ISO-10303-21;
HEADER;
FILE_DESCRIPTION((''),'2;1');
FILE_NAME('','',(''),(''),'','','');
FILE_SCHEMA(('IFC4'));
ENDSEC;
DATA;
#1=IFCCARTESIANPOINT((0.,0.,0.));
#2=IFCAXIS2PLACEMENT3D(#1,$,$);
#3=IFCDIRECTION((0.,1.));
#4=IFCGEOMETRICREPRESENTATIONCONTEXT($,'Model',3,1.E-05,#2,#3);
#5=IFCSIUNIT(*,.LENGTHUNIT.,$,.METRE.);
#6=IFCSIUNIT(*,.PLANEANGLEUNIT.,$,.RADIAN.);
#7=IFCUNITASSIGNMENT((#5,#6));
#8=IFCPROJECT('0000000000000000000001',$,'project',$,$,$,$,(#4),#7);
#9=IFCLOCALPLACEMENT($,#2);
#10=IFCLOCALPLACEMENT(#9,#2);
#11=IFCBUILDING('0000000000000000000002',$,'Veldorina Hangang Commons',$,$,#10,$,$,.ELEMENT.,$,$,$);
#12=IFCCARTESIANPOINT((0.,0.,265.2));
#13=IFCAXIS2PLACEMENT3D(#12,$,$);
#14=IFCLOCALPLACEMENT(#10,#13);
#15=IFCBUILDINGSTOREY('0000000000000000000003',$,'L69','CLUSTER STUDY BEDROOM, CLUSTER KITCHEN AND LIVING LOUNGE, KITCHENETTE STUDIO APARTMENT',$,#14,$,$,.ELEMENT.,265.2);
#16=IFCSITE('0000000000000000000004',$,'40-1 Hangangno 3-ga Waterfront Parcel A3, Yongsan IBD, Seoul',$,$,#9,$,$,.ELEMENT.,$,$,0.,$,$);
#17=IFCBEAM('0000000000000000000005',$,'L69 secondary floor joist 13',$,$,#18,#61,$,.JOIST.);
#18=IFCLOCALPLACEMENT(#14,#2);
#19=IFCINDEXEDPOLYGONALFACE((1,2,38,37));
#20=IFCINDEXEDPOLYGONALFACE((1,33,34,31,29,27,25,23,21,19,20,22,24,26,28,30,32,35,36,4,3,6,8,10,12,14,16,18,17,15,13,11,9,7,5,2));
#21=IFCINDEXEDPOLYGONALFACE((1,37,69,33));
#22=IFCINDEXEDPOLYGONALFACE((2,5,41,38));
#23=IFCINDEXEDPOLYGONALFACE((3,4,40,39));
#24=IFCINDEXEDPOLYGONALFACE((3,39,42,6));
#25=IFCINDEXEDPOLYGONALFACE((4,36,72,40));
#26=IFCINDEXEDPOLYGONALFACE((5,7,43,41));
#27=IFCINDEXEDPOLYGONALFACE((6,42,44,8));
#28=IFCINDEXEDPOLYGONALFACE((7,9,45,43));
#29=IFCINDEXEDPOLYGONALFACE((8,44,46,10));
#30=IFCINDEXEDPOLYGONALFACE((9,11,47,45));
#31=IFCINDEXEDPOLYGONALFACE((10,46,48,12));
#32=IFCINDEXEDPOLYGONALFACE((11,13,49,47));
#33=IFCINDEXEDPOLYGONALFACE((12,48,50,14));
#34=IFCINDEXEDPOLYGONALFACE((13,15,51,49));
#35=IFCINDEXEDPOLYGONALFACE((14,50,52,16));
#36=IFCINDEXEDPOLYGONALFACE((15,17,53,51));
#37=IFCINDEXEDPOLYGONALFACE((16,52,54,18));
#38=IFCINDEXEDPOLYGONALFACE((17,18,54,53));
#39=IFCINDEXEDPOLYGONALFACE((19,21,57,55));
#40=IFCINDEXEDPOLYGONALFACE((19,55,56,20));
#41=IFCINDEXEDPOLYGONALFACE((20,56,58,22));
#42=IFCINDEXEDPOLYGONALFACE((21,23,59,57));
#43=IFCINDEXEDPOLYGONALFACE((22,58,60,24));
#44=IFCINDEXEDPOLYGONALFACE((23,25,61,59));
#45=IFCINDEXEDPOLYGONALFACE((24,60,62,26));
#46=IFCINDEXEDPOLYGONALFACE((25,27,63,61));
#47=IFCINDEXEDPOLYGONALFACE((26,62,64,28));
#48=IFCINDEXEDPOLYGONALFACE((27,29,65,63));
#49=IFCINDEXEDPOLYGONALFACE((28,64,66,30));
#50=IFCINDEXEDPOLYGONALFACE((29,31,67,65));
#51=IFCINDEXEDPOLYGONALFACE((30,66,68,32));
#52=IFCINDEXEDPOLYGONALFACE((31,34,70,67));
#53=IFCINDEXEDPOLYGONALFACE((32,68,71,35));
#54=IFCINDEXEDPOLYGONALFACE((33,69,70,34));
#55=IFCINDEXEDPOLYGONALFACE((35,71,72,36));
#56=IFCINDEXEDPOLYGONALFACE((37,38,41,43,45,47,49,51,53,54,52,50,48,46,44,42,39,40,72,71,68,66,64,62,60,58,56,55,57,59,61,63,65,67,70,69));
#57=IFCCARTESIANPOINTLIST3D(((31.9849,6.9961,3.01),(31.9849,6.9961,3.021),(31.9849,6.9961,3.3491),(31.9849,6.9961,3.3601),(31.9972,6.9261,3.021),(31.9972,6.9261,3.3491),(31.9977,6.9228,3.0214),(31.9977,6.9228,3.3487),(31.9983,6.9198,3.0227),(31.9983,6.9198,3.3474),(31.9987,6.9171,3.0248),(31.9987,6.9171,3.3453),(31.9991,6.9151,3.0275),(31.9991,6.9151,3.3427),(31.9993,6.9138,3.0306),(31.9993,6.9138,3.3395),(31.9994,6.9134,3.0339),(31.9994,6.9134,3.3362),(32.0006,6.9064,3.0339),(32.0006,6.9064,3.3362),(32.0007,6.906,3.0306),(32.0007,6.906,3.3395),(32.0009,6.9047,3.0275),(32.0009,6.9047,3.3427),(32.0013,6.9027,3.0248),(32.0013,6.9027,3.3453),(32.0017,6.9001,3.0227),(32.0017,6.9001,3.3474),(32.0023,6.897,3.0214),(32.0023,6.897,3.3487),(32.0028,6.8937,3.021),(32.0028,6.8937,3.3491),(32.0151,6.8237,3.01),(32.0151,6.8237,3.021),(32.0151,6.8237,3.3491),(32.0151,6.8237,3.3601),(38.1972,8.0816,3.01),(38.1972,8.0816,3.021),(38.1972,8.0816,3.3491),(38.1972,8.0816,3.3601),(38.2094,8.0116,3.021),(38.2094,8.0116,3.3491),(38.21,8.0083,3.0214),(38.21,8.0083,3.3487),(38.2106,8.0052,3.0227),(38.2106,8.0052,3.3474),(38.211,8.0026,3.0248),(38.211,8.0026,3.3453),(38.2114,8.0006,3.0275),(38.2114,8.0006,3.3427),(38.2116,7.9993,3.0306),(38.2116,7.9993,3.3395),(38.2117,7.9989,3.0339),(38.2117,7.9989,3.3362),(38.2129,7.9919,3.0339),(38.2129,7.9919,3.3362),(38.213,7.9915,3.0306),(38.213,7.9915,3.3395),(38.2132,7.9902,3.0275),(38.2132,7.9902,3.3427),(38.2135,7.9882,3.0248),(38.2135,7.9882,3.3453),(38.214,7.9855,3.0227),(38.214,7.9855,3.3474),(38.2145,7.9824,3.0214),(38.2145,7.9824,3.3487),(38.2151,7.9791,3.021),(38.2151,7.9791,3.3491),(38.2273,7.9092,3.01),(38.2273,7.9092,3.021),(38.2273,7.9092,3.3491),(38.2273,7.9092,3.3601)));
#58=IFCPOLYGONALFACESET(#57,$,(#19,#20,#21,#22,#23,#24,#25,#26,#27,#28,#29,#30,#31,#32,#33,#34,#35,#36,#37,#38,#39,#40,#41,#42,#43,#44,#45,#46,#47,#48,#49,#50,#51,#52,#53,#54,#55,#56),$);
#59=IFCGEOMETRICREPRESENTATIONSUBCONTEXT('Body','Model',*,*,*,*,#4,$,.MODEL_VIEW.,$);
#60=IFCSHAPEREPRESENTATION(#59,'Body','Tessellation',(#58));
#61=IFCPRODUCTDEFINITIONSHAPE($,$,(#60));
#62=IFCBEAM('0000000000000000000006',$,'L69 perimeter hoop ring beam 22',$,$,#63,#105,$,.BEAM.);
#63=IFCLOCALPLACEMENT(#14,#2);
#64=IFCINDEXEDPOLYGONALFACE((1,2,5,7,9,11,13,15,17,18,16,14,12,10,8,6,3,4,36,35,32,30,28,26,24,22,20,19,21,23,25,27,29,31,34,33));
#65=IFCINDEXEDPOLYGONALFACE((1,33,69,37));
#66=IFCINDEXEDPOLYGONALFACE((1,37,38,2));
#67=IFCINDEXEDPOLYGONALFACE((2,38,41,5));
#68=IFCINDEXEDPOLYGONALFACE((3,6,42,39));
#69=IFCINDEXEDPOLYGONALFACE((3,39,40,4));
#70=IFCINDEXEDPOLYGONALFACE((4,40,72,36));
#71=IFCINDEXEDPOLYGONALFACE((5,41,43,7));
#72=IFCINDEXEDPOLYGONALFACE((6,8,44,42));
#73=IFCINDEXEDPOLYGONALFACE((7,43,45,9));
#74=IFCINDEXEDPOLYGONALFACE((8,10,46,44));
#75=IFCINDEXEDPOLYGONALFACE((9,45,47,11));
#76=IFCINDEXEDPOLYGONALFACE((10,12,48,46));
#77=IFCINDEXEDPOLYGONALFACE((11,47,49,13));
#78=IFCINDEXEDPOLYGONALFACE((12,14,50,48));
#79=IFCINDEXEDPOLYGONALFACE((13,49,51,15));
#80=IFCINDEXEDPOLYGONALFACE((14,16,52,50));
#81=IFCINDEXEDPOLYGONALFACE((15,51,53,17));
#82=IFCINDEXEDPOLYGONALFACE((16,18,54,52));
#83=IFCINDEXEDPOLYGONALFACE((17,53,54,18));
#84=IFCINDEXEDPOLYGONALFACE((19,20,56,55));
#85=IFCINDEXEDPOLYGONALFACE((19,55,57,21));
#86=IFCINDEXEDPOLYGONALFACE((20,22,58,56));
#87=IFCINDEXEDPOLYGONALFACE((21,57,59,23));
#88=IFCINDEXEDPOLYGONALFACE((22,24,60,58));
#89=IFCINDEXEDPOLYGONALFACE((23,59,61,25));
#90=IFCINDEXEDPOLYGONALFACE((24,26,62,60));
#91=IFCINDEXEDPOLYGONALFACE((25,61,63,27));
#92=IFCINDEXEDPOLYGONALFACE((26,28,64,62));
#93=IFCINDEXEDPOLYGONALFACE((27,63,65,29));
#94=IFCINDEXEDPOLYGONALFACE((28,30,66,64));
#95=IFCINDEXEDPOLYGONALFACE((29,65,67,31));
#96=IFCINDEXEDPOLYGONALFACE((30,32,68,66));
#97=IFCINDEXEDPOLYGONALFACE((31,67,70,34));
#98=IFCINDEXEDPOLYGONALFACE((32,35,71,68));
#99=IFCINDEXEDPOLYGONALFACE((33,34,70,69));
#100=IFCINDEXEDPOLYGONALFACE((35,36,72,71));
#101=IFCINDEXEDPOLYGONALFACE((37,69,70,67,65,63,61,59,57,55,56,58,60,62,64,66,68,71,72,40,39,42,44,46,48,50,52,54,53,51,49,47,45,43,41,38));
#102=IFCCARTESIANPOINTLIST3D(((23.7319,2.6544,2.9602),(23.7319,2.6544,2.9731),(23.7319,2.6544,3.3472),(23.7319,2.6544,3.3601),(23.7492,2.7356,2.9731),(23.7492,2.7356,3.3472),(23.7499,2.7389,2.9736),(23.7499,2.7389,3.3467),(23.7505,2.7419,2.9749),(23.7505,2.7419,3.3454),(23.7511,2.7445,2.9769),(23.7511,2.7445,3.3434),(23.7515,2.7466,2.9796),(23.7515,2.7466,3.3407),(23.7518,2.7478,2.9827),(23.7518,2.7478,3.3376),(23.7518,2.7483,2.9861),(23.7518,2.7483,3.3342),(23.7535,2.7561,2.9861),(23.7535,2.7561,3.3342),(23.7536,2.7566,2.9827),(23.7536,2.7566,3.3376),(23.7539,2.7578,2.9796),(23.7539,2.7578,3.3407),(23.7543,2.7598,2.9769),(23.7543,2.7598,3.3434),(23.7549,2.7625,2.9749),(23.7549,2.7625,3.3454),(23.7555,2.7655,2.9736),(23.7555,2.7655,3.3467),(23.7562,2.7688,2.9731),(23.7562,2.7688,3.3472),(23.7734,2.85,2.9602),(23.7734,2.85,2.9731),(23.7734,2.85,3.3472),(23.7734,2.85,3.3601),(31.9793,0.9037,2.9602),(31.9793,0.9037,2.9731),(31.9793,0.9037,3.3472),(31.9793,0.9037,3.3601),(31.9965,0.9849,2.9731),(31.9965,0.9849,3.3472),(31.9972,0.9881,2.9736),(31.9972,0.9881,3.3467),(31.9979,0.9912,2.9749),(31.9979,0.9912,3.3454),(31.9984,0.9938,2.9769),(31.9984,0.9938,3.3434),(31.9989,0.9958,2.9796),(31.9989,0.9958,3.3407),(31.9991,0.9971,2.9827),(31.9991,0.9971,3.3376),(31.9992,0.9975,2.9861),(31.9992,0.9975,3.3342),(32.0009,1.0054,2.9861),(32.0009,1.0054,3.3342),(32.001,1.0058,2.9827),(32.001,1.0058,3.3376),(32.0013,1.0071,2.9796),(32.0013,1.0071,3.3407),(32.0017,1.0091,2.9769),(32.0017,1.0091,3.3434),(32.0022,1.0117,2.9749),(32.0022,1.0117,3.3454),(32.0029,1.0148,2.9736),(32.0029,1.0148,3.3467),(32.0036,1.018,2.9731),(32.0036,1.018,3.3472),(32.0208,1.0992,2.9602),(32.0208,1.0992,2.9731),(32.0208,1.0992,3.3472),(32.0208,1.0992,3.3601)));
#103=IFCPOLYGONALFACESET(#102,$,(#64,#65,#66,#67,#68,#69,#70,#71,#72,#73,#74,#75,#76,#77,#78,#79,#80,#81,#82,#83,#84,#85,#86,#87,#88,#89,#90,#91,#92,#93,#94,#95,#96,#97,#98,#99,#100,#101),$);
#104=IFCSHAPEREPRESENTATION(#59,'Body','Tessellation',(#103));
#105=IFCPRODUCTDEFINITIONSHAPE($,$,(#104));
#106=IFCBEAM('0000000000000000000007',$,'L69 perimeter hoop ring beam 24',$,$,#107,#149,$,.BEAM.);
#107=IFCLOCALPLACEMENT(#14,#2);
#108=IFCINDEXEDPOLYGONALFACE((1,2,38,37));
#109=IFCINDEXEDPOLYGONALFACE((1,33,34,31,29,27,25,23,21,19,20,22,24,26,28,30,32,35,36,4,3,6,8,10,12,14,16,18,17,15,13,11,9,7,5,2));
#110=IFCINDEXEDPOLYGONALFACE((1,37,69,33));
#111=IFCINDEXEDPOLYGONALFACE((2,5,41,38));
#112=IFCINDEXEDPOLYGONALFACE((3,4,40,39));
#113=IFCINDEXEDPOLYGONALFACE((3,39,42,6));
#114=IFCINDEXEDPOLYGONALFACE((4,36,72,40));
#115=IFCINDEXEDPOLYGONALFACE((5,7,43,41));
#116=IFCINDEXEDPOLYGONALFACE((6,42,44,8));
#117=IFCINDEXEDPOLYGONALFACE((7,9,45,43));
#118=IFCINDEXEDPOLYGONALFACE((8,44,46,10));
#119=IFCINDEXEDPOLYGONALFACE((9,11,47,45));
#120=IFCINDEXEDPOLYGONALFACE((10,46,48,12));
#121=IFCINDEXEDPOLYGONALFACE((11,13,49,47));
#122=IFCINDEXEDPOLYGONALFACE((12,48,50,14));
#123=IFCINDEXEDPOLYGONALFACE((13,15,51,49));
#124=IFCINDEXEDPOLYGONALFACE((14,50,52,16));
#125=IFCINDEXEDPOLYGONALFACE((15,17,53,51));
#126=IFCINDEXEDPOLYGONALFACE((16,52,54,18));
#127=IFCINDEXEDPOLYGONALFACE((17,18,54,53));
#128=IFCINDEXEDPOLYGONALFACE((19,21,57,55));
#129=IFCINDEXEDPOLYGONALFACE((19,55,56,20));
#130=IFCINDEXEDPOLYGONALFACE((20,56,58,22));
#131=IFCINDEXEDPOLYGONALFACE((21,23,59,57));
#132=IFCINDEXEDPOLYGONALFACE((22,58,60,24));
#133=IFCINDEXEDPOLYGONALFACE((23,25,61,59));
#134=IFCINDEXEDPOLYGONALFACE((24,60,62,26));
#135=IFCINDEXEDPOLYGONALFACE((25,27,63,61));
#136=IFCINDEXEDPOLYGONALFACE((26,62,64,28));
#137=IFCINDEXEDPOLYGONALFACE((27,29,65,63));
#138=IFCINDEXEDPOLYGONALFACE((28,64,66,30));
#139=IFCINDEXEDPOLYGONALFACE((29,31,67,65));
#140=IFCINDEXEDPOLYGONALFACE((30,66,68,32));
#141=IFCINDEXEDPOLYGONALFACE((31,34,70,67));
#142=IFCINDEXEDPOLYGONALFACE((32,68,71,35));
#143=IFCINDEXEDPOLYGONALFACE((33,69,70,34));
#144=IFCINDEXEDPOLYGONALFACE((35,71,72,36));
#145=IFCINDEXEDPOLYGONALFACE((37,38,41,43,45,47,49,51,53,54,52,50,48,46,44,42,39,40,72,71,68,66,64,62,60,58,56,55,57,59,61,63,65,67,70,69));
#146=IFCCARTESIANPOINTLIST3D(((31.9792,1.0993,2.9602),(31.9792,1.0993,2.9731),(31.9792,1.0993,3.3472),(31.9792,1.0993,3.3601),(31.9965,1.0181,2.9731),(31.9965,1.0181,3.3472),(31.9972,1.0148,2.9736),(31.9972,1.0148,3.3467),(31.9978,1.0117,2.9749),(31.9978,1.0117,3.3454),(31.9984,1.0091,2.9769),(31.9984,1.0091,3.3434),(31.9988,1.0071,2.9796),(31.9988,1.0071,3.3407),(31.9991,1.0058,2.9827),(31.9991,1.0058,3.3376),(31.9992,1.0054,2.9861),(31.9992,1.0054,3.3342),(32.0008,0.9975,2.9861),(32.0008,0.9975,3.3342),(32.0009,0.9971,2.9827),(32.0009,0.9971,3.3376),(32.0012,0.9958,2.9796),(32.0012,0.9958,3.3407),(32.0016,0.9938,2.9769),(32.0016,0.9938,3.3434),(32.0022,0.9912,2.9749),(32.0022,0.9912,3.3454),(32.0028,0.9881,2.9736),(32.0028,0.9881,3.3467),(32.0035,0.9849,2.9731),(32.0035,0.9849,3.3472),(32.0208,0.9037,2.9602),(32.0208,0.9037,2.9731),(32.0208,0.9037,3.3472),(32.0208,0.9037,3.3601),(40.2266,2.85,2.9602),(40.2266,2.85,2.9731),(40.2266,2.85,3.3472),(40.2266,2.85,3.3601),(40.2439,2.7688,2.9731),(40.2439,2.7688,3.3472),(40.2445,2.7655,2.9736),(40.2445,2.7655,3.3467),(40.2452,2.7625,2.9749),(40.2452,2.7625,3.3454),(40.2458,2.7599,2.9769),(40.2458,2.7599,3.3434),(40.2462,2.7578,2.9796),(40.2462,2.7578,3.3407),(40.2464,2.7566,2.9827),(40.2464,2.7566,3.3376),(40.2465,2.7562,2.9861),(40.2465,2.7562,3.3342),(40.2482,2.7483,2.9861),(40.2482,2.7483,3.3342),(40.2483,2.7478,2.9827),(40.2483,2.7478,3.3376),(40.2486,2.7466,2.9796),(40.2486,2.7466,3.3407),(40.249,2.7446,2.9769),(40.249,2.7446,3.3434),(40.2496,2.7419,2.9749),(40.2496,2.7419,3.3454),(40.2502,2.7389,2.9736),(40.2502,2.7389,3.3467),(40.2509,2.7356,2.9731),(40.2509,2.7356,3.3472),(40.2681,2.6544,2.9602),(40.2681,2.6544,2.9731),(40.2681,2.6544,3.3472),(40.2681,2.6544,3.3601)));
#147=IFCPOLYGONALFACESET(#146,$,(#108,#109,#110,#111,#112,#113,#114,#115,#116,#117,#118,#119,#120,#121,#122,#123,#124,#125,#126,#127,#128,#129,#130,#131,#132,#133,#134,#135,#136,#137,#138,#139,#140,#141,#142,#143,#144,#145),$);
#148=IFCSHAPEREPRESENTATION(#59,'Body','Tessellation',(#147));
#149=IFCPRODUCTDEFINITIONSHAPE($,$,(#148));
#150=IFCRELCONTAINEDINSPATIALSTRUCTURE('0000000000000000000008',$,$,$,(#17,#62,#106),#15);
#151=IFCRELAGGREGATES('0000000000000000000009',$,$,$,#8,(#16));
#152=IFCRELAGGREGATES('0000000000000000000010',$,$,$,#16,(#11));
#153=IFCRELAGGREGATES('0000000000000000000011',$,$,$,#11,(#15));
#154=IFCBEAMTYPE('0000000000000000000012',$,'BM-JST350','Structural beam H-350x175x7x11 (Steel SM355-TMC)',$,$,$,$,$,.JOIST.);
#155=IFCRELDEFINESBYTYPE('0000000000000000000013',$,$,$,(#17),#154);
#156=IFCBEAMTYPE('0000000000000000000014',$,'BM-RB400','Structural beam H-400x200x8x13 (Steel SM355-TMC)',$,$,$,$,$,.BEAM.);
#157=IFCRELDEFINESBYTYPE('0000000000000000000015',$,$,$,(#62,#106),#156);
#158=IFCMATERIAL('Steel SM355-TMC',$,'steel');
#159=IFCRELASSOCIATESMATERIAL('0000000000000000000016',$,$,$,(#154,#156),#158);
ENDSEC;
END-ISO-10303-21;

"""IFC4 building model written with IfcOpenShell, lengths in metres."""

from ifc_helpers import new_model, si_unit, direction, frame, origin, origin_2d, place, context, subcontext, project, spatial, i_section, extrude, material, material_profile, profile_set, type_object, element, save


model = new_model("IFC4")

# Units and contexts
model_context = context("Model", 3, precision=1e-05, world=origin(), true_north=direction((0.0, 1.0)))
body_context = subcontext(model_context, "Body", "Model", "MODEL_VIEW")
ifc_project = project(units=[si_unit("LENGTHUNIT", "METRE"), si_unit("PLANEANGLEUNIT", "RADIAN")], contexts=[model_context])

# Site, building, storey
site_placement = place(None, origin())
site = spatial("IfcSite", under=ifc_project, at=site_placement, Name="40-1 Hangangno 3-ga Waterfront Parcel A3, Yongsan IBD, Seoul", CompositionType="ELEMENT", RefElevation=0.0)
building_placement = place(site_placement, origin())
building = spatial("IfcBuilding", under=site, at=building_placement, Name="Veldorina Hangang Commons", CompositionType="ELEMENT")
storey_placement = place(building_placement, frame((0.0, 0.0, 265.2)))
storey = spatial("IfcBuildingStorey", under=building, at=storey_placement, Name="L69", Description="CLUSTER STUDY BEDROOM, CLUSTER KITCHEN AND LIVING LOUNGE, KITCHENETTE STUDIO APARTMENT", CompositionType="ELEMENT", Elevation=265.2)

# Beams
ifc_material_1 = material(Name="Steel SM355-TMC", Category="steel")
ifc_material_profile_1 = material_profile(ifc_material_1, i_section(OverallWidth=0.175, OverallDepth=0.3501, WebThickness=0.0071, FlangeThickness=0.011, FilletRadius=0.0129, at=origin_2d()), Name="H-350x175x7x11")
ifc_profile_set_1 = profile_set([ifc_material_profile_1], Name="Steel SM355-TMC")
beam_type_1 = type_object("IfcBeamType", Name="BM-JST350", Description="Structural beam H-350x175x7x11 (Steel SM355-TMC)", PredefinedType="JOIST", material=ifc_profile_set_1)
beam_placement = place(storey_placement, frame((32.0, 6.9099, 3.1851), z_axis=(0.985076, 0.172122, 0.0), x_axis=(-0.172122, 0.985076, 0.0)))
element("IfcBeam", 1, at=beam_placement, inside=storey, type_object=beam_type_1, Name="L69 secondary floor joist 13", PredefinedType="JOIST", context=body_context, shape_type="SweptSolid", body=[
    extrude(i_section(OverallWidth=0.175, OverallDepth=0.3501, WebThickness=0.0071, FlangeThickness=0.011, FilletRadius=0.0129, at=origin_2d()), origin(), (0.0, 0.0, 1.0), 6.3064),
])
ifc_material_profile_2 = material_profile(ifc_material_1, i_section(OverallWidth=0.2, OverallDepth=0.3999, WebThickness=0.0081, FlangeThickness=0.0129, FilletRadius=0.0129, at=origin_2d()), Name="H-400x200x8x13")
ifc_profile_set_2 = profile_set([ifc_material_profile_2], Name="Steel SM355-TMC")
beam_type_2 = type_object("IfcBeamType", Name="BM-RB400", Description="Structural beam H-400x200x8x13 (Steel SM355-TMC)", PredefinedType="BEAM", material=ifc_profile_set_2)
for number, where, z_axis, x_axis, name in (
    (2, (23.7527, 2.7522, 3.1602), (0.978203, -0.207652, 0.0), (0.207652, 0.978203, 0.0), "L69 perimeter hoop ring beam 22"),
    (3, (32.0, 1.0015, 3.1602), (0.978203, 0.207652, 0.0), (-0.207652, 0.978203, 0.0), "L69 perimeter hoop ring beam 24"),
):
    element("IfcBeam", number, at=place(storey_placement, frame(where, z_axis=z_axis, x_axis=x_axis)), inside=storey, type_object=beam_type_2, Name=name, PredefinedType="BEAM", context=body_context, shape_type="SweptSolid", body=[
        extrude(i_section(OverallWidth=0.2, OverallDepth=0.3999, WebThickness=0.0081, FlangeThickness=0.0129, FilletRadius=0.0129, at=origin_2d()), origin(), (0.0, 0.0, 1.0), 8.4312),
    ])

save(model, "model.ifc")
